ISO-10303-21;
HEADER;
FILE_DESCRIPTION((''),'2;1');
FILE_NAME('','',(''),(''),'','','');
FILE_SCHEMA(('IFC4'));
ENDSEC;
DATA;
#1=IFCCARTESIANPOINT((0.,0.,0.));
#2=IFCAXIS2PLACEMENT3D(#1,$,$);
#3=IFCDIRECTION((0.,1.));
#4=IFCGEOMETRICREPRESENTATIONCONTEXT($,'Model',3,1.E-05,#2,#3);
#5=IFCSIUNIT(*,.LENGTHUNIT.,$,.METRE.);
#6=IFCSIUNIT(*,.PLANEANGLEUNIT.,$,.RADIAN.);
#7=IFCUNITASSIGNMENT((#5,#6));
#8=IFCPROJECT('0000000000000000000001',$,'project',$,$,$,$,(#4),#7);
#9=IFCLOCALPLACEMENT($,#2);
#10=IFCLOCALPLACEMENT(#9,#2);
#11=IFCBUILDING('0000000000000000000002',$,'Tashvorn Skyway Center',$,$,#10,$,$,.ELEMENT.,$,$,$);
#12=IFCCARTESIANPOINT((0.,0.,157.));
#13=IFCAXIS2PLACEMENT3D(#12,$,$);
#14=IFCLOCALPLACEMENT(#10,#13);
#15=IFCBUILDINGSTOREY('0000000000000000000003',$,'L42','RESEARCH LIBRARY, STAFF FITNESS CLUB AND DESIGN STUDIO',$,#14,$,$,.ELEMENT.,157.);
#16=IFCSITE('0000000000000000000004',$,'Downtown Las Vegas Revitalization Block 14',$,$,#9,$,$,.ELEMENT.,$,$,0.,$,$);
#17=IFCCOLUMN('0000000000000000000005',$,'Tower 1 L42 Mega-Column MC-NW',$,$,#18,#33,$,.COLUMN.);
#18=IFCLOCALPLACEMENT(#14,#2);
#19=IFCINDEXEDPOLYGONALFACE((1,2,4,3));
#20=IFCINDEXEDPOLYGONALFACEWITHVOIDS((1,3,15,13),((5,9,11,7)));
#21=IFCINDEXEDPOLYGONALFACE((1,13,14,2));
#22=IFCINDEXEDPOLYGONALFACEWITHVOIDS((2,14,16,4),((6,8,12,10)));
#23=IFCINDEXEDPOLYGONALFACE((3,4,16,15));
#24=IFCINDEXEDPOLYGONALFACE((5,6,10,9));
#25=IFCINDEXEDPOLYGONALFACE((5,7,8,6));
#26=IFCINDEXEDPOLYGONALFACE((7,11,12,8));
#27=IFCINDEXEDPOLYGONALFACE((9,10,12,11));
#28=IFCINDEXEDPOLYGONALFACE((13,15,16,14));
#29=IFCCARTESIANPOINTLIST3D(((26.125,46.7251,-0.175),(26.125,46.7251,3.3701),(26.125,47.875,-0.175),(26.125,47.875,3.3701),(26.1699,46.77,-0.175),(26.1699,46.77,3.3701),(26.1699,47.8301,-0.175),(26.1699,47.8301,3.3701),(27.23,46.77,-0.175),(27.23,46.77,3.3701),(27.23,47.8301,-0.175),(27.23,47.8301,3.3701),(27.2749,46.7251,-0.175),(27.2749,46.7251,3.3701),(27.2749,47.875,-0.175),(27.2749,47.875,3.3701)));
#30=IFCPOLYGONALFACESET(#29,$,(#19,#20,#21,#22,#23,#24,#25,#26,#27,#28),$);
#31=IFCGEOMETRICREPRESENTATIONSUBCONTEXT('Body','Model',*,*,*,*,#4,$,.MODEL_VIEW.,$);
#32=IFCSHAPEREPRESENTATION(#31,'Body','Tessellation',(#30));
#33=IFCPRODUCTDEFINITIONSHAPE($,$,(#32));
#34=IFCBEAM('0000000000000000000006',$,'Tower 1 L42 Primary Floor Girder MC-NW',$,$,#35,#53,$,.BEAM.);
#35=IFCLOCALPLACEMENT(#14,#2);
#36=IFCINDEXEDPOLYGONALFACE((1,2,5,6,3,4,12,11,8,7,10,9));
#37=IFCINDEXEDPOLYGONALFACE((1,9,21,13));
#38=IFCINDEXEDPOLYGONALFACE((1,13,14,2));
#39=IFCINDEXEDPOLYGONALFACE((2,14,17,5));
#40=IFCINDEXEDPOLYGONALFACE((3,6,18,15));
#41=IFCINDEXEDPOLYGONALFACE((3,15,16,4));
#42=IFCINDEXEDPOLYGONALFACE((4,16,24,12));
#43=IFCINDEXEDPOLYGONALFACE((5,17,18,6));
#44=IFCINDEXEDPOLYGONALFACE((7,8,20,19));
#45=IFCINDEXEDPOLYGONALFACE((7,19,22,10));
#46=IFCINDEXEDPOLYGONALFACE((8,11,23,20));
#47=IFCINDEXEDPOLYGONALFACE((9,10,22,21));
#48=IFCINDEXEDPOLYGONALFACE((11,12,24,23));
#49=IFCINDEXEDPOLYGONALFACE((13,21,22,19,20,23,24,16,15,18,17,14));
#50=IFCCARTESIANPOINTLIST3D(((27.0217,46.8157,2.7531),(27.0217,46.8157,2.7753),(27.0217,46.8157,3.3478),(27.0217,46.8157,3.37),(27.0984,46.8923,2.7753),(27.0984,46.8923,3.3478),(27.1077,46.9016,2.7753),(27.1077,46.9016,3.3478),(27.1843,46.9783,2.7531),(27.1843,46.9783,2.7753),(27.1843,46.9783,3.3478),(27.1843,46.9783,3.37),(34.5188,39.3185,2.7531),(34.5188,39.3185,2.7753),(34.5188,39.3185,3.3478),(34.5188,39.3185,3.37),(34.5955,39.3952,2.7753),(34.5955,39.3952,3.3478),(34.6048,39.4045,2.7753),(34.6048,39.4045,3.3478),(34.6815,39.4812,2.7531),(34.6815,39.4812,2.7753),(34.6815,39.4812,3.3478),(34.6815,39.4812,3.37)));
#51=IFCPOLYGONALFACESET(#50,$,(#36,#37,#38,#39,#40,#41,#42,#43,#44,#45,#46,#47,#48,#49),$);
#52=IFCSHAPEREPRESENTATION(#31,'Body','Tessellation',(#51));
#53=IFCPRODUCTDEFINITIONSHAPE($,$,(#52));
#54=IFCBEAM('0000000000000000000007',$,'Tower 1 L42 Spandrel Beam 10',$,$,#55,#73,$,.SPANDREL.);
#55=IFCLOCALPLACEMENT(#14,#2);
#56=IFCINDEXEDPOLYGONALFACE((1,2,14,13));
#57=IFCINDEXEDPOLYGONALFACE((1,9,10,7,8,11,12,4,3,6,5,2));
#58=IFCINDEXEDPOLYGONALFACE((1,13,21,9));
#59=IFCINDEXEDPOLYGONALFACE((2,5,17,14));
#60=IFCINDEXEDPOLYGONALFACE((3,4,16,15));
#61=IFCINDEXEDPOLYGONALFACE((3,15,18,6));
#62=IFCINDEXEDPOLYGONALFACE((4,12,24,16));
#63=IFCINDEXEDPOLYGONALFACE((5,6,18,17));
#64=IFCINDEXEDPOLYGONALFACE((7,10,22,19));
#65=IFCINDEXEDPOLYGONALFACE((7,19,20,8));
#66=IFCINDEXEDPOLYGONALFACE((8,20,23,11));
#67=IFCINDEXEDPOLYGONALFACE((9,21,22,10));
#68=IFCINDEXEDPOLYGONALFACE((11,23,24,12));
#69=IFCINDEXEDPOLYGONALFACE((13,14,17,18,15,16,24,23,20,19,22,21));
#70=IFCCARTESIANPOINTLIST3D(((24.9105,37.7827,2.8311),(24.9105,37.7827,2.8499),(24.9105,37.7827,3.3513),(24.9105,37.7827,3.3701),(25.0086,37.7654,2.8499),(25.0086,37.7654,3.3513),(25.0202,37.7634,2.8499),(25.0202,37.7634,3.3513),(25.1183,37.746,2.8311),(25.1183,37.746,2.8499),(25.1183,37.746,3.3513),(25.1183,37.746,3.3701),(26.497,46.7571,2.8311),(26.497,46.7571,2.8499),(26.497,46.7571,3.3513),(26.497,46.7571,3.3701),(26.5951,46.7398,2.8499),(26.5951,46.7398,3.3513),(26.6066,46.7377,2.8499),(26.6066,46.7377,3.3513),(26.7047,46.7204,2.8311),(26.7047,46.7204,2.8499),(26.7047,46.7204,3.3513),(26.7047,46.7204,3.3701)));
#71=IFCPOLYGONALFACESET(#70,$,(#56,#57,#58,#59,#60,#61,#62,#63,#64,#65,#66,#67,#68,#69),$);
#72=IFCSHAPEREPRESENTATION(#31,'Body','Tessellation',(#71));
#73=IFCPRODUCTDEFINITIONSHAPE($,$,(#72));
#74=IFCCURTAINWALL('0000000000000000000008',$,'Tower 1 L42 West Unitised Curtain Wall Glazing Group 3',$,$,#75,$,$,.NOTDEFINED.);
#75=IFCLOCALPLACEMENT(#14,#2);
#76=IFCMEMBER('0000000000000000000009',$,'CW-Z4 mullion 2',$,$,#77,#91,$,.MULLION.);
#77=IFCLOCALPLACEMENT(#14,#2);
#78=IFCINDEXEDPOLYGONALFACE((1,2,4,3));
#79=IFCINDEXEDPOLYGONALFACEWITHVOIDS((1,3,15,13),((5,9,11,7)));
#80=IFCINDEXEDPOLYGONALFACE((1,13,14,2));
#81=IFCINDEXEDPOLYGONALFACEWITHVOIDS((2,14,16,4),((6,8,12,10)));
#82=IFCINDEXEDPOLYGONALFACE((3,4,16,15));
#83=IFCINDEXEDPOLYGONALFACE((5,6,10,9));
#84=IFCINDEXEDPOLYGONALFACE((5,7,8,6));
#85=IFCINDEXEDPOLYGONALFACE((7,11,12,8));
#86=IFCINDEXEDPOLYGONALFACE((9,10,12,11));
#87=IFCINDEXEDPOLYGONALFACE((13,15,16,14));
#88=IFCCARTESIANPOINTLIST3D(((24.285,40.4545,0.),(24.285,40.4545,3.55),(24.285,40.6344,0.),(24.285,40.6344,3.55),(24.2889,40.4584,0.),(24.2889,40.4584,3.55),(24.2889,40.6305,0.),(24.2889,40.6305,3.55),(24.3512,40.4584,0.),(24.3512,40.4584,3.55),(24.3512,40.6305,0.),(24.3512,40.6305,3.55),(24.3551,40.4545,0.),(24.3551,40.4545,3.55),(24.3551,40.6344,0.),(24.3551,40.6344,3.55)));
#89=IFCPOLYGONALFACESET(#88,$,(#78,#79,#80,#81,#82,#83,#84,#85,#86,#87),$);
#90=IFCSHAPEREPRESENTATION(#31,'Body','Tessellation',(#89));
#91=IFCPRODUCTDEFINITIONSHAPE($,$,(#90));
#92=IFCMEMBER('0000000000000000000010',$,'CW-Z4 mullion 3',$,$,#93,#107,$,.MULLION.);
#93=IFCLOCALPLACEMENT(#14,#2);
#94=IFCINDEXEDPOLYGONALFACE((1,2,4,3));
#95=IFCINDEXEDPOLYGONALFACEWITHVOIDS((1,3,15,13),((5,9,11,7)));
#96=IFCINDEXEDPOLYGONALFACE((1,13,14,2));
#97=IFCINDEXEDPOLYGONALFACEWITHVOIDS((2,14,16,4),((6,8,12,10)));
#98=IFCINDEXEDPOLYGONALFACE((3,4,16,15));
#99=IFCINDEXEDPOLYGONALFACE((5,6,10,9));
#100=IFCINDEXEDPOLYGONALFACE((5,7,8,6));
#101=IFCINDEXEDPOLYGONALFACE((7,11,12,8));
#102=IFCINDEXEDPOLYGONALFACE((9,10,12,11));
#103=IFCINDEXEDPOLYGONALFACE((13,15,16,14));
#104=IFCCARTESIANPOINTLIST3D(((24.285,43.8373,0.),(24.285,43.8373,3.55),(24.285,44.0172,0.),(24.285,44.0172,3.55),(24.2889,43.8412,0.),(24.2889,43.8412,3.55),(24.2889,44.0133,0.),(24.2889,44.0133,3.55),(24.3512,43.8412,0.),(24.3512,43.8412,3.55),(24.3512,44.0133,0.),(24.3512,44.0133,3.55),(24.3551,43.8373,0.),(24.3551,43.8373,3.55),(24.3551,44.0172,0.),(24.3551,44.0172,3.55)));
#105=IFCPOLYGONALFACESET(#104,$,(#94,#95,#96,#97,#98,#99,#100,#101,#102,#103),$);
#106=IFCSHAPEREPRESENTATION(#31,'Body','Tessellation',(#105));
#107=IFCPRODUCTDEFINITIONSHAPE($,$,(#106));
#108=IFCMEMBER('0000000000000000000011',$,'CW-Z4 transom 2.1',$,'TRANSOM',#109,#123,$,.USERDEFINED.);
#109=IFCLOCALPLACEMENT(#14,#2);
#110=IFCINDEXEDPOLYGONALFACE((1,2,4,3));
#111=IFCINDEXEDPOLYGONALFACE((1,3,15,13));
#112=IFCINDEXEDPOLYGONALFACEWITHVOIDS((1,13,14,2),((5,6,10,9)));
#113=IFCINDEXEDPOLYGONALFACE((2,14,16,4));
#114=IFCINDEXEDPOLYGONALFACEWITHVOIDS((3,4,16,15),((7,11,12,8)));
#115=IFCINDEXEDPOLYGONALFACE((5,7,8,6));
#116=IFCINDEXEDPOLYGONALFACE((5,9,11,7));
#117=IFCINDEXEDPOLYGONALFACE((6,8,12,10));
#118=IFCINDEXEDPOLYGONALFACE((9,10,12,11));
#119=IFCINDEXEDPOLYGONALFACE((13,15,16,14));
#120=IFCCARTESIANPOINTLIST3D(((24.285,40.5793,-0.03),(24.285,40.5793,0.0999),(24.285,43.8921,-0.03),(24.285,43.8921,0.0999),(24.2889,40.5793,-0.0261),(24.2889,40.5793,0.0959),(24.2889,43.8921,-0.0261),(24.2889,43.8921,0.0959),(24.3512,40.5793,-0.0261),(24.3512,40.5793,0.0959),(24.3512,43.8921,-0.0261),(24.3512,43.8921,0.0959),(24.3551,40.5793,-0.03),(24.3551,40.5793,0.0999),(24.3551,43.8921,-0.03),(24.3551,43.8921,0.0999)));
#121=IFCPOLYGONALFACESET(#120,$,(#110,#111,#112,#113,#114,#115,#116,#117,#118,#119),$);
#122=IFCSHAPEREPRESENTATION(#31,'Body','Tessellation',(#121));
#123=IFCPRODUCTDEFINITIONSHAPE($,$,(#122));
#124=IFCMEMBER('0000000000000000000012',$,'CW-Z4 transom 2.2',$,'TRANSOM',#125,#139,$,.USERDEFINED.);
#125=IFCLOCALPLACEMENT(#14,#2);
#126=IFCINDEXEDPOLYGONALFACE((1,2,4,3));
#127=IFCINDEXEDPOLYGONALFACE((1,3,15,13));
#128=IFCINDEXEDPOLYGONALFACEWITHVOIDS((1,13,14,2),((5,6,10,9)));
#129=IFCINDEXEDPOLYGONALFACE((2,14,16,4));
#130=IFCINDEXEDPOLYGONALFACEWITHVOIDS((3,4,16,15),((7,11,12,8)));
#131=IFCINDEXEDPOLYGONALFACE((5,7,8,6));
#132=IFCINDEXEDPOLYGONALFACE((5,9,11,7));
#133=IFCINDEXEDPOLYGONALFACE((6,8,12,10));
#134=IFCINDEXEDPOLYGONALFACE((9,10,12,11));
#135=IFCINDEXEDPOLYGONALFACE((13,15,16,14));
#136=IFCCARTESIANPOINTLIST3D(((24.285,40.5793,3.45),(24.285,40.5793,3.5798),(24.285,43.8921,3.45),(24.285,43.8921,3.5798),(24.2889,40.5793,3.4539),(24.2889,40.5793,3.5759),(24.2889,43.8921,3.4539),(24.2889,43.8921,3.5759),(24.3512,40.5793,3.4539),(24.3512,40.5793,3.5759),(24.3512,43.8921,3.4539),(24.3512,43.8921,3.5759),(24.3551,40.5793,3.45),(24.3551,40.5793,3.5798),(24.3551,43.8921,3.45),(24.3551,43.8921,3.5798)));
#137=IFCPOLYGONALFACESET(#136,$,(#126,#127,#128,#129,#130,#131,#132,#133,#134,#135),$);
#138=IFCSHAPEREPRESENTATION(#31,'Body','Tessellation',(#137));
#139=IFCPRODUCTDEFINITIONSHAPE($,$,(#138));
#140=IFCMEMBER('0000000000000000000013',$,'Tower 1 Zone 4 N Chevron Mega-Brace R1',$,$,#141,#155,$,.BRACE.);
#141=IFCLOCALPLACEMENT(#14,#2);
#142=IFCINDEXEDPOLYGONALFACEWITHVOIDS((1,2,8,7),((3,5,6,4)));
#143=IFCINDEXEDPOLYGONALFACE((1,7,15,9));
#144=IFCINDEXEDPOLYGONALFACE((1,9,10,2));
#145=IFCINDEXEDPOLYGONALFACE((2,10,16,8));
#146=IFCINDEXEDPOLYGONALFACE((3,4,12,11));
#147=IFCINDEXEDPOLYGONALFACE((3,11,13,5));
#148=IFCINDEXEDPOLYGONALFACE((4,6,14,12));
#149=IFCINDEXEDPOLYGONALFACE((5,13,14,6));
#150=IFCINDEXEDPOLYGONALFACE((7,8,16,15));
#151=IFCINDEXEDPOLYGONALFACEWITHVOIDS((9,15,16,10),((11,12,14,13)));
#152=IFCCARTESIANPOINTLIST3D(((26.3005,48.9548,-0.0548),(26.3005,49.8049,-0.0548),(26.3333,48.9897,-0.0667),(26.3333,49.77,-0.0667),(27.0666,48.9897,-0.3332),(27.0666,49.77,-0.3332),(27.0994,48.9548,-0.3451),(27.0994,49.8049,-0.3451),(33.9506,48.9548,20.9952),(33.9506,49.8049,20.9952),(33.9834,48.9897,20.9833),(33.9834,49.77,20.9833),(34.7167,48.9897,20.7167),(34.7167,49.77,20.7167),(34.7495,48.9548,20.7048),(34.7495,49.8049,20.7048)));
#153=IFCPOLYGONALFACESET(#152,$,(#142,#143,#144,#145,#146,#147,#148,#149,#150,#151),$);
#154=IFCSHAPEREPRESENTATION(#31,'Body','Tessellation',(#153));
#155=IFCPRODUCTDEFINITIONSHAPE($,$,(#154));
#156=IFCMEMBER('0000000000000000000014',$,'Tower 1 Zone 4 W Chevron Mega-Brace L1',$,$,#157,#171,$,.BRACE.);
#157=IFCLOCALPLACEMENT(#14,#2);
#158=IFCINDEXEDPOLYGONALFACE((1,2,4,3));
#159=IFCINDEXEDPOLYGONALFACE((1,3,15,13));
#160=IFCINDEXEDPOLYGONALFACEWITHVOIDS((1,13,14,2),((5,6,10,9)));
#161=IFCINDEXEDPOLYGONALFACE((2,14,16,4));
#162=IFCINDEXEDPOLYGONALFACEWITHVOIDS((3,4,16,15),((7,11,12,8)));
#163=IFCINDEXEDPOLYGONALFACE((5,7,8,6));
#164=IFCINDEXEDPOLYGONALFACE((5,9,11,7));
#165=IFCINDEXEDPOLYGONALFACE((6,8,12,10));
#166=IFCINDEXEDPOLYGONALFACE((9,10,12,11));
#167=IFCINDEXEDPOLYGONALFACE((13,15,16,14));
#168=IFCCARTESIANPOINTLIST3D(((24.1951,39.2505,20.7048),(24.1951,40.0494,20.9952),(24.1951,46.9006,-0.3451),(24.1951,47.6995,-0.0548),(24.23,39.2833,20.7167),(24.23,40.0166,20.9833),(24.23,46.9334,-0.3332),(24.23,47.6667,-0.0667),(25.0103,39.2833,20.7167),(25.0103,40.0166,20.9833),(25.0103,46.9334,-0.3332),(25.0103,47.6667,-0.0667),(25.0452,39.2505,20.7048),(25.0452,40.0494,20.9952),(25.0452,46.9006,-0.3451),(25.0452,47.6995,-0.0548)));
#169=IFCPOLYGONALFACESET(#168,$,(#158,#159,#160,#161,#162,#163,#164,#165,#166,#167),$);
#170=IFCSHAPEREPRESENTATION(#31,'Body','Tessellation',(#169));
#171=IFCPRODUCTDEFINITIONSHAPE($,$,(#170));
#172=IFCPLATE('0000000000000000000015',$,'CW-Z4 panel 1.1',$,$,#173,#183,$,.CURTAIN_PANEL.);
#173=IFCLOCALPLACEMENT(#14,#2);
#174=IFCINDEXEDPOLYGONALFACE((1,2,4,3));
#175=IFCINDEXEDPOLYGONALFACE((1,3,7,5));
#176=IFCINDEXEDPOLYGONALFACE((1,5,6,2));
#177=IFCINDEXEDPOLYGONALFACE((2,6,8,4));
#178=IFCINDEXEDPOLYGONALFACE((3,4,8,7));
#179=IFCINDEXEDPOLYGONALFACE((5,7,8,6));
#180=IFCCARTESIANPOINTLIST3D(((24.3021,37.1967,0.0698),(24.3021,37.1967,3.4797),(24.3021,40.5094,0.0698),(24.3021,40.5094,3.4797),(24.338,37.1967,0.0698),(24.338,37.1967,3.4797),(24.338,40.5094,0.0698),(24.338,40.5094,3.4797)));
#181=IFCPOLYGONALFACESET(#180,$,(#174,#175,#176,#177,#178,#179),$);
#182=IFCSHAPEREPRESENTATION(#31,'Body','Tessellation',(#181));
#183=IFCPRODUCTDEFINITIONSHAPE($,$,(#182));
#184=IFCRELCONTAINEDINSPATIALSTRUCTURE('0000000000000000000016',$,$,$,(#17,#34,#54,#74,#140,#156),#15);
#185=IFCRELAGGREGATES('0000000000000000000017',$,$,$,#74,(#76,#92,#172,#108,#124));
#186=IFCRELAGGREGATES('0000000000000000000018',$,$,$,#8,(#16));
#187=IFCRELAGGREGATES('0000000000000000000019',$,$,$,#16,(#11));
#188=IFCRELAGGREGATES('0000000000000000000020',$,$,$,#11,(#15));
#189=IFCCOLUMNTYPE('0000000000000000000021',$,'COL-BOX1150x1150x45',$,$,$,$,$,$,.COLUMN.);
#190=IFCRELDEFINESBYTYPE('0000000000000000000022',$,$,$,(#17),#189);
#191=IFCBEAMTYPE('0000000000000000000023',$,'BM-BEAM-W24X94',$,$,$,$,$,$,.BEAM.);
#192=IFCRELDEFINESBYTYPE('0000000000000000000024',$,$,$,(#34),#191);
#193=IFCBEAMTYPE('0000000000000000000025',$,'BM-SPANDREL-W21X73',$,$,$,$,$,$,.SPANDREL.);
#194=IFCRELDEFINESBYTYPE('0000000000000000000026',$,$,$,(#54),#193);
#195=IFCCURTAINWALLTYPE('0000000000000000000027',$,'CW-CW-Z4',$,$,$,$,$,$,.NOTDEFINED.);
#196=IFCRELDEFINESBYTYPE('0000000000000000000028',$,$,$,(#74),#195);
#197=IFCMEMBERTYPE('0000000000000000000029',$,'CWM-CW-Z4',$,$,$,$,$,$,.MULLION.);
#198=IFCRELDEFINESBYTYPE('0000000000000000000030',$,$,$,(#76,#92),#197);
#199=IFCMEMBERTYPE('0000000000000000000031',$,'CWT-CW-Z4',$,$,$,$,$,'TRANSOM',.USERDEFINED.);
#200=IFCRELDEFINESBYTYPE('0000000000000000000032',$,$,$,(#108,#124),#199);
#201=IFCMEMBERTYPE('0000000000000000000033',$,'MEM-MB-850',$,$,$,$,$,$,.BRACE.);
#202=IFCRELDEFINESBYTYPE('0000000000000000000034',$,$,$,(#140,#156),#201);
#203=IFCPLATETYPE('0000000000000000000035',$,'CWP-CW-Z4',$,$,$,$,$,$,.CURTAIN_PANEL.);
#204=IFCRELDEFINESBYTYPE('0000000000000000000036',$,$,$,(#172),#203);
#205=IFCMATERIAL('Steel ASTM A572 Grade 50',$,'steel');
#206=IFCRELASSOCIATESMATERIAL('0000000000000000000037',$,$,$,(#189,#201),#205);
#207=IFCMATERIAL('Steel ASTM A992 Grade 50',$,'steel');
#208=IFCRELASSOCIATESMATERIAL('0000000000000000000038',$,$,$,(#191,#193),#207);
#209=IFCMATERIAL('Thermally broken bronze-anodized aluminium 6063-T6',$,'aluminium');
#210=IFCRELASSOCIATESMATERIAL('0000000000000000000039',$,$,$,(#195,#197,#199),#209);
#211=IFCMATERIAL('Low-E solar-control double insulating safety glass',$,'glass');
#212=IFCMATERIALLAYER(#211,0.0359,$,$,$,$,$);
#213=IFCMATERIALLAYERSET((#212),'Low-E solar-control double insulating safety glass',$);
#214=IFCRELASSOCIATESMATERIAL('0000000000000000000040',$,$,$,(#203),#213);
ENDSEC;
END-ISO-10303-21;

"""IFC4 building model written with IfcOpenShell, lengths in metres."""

from ifc_helpers import new_model, si_unit, direction, frame, origin, origin_2d, place, context, subcontext, project, spatial, rectangle, hollow_rectangle, i_section, extrude, material, layer, layer_set, material_profile, profile_set, type_object, element, aggregate, save


model = new_model("IFC4")

# Units and contexts
model_context = context("Model", 3, precision=1e-05, world=origin(), true_north=direction((0.0, 1.0)))
body_context = subcontext(model_context, "Body", "Model", "MODEL_VIEW")
ifc_project = project(units=[si_unit("LENGTHUNIT", "METRE"), si_unit("PLANEANGLEUNIT", "RADIAN")], contexts=[model_context])

# Site, building, storey
site_placement = place(None, origin())
site = spatial("IfcSite", under=ifc_project, at=site_placement, Name="Downtown Las Vegas Revitalization Block 14", CompositionType="ELEMENT", RefElevation=0.0)
building_placement = place(site_placement, origin())
building = spatial("IfcBuilding", under=site, at=building_placement, Name="Tashvorn Skyway Center", CompositionType="ELEMENT")
storey_placement = place(building_placement, frame((0.0, 0.0, 157.0)))
storey = spatial("IfcBuildingStorey", under=building, at=storey_placement, Name="L42", Description="RESEARCH LIBRARY, STAFF FITNESS CLUB AND DESIGN STUDIO", CompositionType="ELEMENT", Elevation=157.0)

# Column
ifc_material_1 = material(Name="Steel ASTM A572 Grade 50", Category="steel")
ifc_material_profile_1 = material_profile(ifc_material_1, hollow_rectangle(XDim=1.1499, YDim=1.1499, WallThickness=0.0449, at=origin_2d()), Name="BOX1150x1150x45")
ifc_profile_set_1 = profile_set([ifc_material_profile_1], Name="Steel ASTM A572 Grade 50")
column_type = type_object("IfcColumnType", Name="COL-BOX1150x1150x45", PredefinedType="COLUMN", material=ifc_profile_set_1)
column_placement = place(storey_placement, frame((26.7, 47.3, -0.175), z_axis=(0.0, 0.0, 1.0), x_axis=(1.0, 0.0, 0.0)))
element("IfcColumn", 1, at=column_placement, inside=storey, type_object=column_type, Name="Tower 1 L42 Mega-Column MC-NW", PredefinedType="COLUMN", context=body_context, shape_type="SweptSolid", body=[
    extrude(hollow_rectangle(XDim=1.1499, YDim=1.1499, WallThickness=0.0449, at=origin_2d()), origin(), (0.0, 0.0, 1.0), 3.5452),
])

# Beams
ifc_material_2 = material(Name="Steel ASTM A992 Grade 50", Category="steel")
ifc_material_profile_2 = material_profile(ifc_material_2, i_section(OverallWidth=0.23, OverallDepth=0.6169, WebThickness=0.0132, FlangeThickness=0.0222, at=origin_2d()), Name="W24X94")
ifc_profile_set_2 = profile_set([ifc_material_profile_2], Name="Steel ASTM A992 Grade 50")
beam_type_1 = type_object("IfcBeamType", Name="BM-BEAM-W24X94", PredefinedType="BEAM", material=ifc_profile_set_2)
beam_1_placement = place(storey_placement, frame((27.103, 46.897, 3.0615), z_axis=(0.707107, -0.707107, 0.0), x_axis=(0.707107, 0.707107, 0.0)))
element("IfcBeam", 2, at=beam_1_placement, inside=storey, type_object=beam_type_1, Name="Tower 1 L42 Primary Floor Girder MC-NW", PredefinedType="BEAM", context=body_context, shape_type="SweptSolid", body=[
    extrude(i_section(OverallWidth=0.23, OverallDepth=0.6169, WebThickness=0.0132, FlangeThickness=0.0222, at=origin_2d()), origin(), (0.0, 0.0, 1.0), 10.6025),
])
ifc_material_profile_3 = material_profile(ifc_material_2, i_section(OverallWidth=0.2109, OverallDepth=0.5391, WebThickness=0.0117, FlangeThickness=0.0188, at=origin_2d()), Name="W21X73")
ifc_profile_set_3 = profile_set([ifc_material_profile_3], Name="Steel ASTM A992 Grade 50")
beam_type_2 = type_object("IfcBeamType", Name="BM-SPANDREL-W21X73", PredefinedType="SPANDREL", material=ifc_profile_set_3)
beam_2_placement = place(storey_placement, frame((26.6008, 46.7388, 3.1006), z_axis=(-0.174074, -0.984733, 0.0), x_axis=(0.984733, -0.174074, 0.0)))
element("IfcBeam", 3, at=beam_2_placement, inside=storey, type_object=beam_type_2, Name="Tower 1 L42 Spandrel Beam 10", PredefinedType="SPANDREL", context=body_context, shape_type="SweptSolid", body=[
    extrude(i_section(OverallWidth=0.2109, OverallDepth=0.5391, WebThickness=0.0117, FlangeThickness=0.0188, at=origin_2d()), origin(), (0.0, 0.0, 1.0), 9.1135),
])

# Curtain wall, members
ifc_material_3 = material(Name="Thermally broken bronze-anodized aluminium 6063-T6", Category="aluminium")
curtain_wall_type = type_object("IfcCurtainWallType", Name="CW-CW-Z4", PredefinedType="NOTDEFINED", material=ifc_material_3)
curtain_wall_placement = place(storey_placement, origin())
curtain_wall = element("IfcCurtainWall", 4, at=curtain_wall_placement, inside=storey, type_object=curtain_wall_type, Name="Tower 1 L42 West Unitised Curtain Wall Glazing Group 3", PredefinedType="NOTDEFINED")
ifc_material_profile_4 = material_profile(ifc_material_3, hollow_rectangle(XDim=0.0701, YDim=0.1799, WallThickness=0.0039, at=origin_2d()), Name="ALU-MULL-70x180")
ifc_profile_set_4 = profile_set([ifc_material_profile_4], Name="Thermally broken bronze-anodized aluminium 6063-T6")
member_type_1 = type_object("IfcMemberType", Name="CWM-CW-Z4", PredefinedType="MULLION", material=ifc_profile_set_4)
member_1_placement = place(storey_placement, frame((24.3201, 40.5444, 0.0), z_axis=(0.0, 0.0, 1.0), x_axis=(-1.0, 0.0, 0.0)))
member_1 = element("IfcMember", 5, at=member_1_placement, type_object=member_type_1, Name="CW-Z4 mullion 2", PredefinedType="MULLION", context=body_context, shape_type="SweptSolid", body=[
    extrude(hollow_rectangle(XDim=0.0701, YDim=0.1799, WallThickness=0.0039, at=origin_2d()), origin(), (0.0, 0.0, 1.0), 3.55),
])
member_2_placement = place(storey_placement, frame((24.3201, 43.9272, 0.0), z_axis=(0.0, 0.0, 1.0), x_axis=(-1.0, 0.0, 0.0)))
member_2 = element("IfcMember", 6, at=member_2_placement, type_object=member_type_1, Name="CW-Z4 mullion 3", PredefinedType="MULLION", context=body_context, shape_type="SweptSolid", body=[
    extrude(hollow_rectangle(XDim=0.0701, YDim=0.1799, WallThickness=0.0039, at=origin_2d()), origin(), (0.0, 0.0, 1.0), 3.55),
])
ifc_material_profile_5 = material_profile(ifc_material_3, hollow_rectangle(XDim=0.0701, YDim=0.1299, WallThickness=0.0039, at=origin_2d()), Name="ALU-TRAN-70x130")
ifc_profile_set_5 = profile_set([ifc_material_profile_5], Name="Thermally broken bronze-anodized aluminium 6063-T6")
member_type_2 = type_object("IfcMemberType", Name="CWT-CW-Z4", ElementType="TRANSOM", PredefinedType="USERDEFINED", material=ifc_profile_set_5)
member_3_placement = place(storey_placement, frame((24.3201, 40.5793, 0.0349), z_axis=(0.0, 1.0, 0.0), x_axis=(-1.0, 0.0, 0.0)))
member_3 = element("IfcMember", 7, at=member_3_placement, type_object=member_type_2, Name="CW-Z4 transom 2.1", ObjectType="TRANSOM", PredefinedType="USERDEFINED", context=body_context, shape_type="SweptSolid", body=[
    extrude(hollow_rectangle(XDim=0.0701, YDim=0.1299, WallThickness=0.0039, at=origin_2d()), origin(), (0.0, 0.0, 1.0), 3.3127),
])
member_4_placement = place(storey_placement, frame((24.3201, 40.5793, 3.5149), z_axis=(0.0, 1.0, 0.0), x_axis=(-1.0, 0.0, 0.0)))
member_4 = element("IfcMember", 8, at=member_4_placement, type_object=member_type_2, Name="CW-Z4 transom 2.2", ObjectType="TRANSOM", PredefinedType="USERDEFINED", context=body_context, shape_type="SweptSolid", body=[
    extrude(hollow_rectangle(XDim=0.0701, YDim=0.1299, WallThickness=0.0039, at=origin_2d()), origin(), (0.0, 0.0, 1.0), 3.3127),
])

# Members
ifc_material_profile_6 = material_profile(ifc_material_1, hollow_rectangle(XDim=0.8501, YDim=0.8501, WallThickness=0.0349, at=origin_2d()), Name="BOX850x850x35")
ifc_profile_set_6 = profile_set([ifc_material_profile_6], Name="Steel ASTM A572 Grade 50")
member_type_3 = type_object("IfcMemberType", Name="MEM-MB-850", PredefinedType="BRACE", material=ifc_profile_set_6)
for number, where, z_axis, x_axis, name in (
    (9, (26.7, 49.3799, -0.2), (0.341569, 0.0, 0.939857), (0.0, 1.0, 0.0), "Tower 1 Zone 4 N Chevron Mega-Brace R1"),
    (10, (24.6201, 47.3, -0.2), (0.0, -0.341569, 0.939857), (1.0, 0.0, 0.0), "Tower 1 Zone 4 W Chevron Mega-Brace L1"),
):
    element("IfcMember", number, at=place(storey_placement, frame(where, z_axis=z_axis, x_axis=x_axis)), inside=storey, type_object=member_type_3, Name=name, PredefinedType="BRACE", context=body_context, shape_type="SweptSolid", body=[
        extrude(hollow_rectangle(XDim=0.8501, YDim=0.8501, WallThickness=0.0349, at=origin_2d()), origin(), (0.0, 0.0, 1.0), 22.397),
    ])

# Plate
ifc_material_4 = material(Name="Low-E solar-control double insulating safety glass", Category="glass")
ifc_layer_1 = layer(ifc_material_4, 0.0359)
ifc_layer_set_1 = layer_set([ifc_layer_1], Name="Low-E solar-control double insulating safety glass")
plate_type_1 = type_object("IfcPlateType", Name="CWP-CW-Z4", PredefinedType="CURTAIN_PANEL", material=ifc_layer_set_1)
plate_1_placement = place(storey_placement, frame((24.3201, 38.853, 0.0698), z_axis=(0.0, 0.0, 1.0), x_axis=(0.0, 1.0, 0.0)))
plate_1 = element("IfcPlate", 11, at=plate_1_placement, type_object=plate_type_1, Name="CW-Z4 panel 1.1", PredefinedType="CURTAIN_PANEL", context=body_context, shape_type="SweptSolid", body=[
    extrude(rectangle(XDim=3.3127, YDim=0.0359, at=origin_2d()), origin(), (0.0, 0.0, 1.0), 3.4099),
])
aggregate(curtain_wall, [member_1, member_2, plate_1, member_3, member_4])

save(model, "model.ifc")
